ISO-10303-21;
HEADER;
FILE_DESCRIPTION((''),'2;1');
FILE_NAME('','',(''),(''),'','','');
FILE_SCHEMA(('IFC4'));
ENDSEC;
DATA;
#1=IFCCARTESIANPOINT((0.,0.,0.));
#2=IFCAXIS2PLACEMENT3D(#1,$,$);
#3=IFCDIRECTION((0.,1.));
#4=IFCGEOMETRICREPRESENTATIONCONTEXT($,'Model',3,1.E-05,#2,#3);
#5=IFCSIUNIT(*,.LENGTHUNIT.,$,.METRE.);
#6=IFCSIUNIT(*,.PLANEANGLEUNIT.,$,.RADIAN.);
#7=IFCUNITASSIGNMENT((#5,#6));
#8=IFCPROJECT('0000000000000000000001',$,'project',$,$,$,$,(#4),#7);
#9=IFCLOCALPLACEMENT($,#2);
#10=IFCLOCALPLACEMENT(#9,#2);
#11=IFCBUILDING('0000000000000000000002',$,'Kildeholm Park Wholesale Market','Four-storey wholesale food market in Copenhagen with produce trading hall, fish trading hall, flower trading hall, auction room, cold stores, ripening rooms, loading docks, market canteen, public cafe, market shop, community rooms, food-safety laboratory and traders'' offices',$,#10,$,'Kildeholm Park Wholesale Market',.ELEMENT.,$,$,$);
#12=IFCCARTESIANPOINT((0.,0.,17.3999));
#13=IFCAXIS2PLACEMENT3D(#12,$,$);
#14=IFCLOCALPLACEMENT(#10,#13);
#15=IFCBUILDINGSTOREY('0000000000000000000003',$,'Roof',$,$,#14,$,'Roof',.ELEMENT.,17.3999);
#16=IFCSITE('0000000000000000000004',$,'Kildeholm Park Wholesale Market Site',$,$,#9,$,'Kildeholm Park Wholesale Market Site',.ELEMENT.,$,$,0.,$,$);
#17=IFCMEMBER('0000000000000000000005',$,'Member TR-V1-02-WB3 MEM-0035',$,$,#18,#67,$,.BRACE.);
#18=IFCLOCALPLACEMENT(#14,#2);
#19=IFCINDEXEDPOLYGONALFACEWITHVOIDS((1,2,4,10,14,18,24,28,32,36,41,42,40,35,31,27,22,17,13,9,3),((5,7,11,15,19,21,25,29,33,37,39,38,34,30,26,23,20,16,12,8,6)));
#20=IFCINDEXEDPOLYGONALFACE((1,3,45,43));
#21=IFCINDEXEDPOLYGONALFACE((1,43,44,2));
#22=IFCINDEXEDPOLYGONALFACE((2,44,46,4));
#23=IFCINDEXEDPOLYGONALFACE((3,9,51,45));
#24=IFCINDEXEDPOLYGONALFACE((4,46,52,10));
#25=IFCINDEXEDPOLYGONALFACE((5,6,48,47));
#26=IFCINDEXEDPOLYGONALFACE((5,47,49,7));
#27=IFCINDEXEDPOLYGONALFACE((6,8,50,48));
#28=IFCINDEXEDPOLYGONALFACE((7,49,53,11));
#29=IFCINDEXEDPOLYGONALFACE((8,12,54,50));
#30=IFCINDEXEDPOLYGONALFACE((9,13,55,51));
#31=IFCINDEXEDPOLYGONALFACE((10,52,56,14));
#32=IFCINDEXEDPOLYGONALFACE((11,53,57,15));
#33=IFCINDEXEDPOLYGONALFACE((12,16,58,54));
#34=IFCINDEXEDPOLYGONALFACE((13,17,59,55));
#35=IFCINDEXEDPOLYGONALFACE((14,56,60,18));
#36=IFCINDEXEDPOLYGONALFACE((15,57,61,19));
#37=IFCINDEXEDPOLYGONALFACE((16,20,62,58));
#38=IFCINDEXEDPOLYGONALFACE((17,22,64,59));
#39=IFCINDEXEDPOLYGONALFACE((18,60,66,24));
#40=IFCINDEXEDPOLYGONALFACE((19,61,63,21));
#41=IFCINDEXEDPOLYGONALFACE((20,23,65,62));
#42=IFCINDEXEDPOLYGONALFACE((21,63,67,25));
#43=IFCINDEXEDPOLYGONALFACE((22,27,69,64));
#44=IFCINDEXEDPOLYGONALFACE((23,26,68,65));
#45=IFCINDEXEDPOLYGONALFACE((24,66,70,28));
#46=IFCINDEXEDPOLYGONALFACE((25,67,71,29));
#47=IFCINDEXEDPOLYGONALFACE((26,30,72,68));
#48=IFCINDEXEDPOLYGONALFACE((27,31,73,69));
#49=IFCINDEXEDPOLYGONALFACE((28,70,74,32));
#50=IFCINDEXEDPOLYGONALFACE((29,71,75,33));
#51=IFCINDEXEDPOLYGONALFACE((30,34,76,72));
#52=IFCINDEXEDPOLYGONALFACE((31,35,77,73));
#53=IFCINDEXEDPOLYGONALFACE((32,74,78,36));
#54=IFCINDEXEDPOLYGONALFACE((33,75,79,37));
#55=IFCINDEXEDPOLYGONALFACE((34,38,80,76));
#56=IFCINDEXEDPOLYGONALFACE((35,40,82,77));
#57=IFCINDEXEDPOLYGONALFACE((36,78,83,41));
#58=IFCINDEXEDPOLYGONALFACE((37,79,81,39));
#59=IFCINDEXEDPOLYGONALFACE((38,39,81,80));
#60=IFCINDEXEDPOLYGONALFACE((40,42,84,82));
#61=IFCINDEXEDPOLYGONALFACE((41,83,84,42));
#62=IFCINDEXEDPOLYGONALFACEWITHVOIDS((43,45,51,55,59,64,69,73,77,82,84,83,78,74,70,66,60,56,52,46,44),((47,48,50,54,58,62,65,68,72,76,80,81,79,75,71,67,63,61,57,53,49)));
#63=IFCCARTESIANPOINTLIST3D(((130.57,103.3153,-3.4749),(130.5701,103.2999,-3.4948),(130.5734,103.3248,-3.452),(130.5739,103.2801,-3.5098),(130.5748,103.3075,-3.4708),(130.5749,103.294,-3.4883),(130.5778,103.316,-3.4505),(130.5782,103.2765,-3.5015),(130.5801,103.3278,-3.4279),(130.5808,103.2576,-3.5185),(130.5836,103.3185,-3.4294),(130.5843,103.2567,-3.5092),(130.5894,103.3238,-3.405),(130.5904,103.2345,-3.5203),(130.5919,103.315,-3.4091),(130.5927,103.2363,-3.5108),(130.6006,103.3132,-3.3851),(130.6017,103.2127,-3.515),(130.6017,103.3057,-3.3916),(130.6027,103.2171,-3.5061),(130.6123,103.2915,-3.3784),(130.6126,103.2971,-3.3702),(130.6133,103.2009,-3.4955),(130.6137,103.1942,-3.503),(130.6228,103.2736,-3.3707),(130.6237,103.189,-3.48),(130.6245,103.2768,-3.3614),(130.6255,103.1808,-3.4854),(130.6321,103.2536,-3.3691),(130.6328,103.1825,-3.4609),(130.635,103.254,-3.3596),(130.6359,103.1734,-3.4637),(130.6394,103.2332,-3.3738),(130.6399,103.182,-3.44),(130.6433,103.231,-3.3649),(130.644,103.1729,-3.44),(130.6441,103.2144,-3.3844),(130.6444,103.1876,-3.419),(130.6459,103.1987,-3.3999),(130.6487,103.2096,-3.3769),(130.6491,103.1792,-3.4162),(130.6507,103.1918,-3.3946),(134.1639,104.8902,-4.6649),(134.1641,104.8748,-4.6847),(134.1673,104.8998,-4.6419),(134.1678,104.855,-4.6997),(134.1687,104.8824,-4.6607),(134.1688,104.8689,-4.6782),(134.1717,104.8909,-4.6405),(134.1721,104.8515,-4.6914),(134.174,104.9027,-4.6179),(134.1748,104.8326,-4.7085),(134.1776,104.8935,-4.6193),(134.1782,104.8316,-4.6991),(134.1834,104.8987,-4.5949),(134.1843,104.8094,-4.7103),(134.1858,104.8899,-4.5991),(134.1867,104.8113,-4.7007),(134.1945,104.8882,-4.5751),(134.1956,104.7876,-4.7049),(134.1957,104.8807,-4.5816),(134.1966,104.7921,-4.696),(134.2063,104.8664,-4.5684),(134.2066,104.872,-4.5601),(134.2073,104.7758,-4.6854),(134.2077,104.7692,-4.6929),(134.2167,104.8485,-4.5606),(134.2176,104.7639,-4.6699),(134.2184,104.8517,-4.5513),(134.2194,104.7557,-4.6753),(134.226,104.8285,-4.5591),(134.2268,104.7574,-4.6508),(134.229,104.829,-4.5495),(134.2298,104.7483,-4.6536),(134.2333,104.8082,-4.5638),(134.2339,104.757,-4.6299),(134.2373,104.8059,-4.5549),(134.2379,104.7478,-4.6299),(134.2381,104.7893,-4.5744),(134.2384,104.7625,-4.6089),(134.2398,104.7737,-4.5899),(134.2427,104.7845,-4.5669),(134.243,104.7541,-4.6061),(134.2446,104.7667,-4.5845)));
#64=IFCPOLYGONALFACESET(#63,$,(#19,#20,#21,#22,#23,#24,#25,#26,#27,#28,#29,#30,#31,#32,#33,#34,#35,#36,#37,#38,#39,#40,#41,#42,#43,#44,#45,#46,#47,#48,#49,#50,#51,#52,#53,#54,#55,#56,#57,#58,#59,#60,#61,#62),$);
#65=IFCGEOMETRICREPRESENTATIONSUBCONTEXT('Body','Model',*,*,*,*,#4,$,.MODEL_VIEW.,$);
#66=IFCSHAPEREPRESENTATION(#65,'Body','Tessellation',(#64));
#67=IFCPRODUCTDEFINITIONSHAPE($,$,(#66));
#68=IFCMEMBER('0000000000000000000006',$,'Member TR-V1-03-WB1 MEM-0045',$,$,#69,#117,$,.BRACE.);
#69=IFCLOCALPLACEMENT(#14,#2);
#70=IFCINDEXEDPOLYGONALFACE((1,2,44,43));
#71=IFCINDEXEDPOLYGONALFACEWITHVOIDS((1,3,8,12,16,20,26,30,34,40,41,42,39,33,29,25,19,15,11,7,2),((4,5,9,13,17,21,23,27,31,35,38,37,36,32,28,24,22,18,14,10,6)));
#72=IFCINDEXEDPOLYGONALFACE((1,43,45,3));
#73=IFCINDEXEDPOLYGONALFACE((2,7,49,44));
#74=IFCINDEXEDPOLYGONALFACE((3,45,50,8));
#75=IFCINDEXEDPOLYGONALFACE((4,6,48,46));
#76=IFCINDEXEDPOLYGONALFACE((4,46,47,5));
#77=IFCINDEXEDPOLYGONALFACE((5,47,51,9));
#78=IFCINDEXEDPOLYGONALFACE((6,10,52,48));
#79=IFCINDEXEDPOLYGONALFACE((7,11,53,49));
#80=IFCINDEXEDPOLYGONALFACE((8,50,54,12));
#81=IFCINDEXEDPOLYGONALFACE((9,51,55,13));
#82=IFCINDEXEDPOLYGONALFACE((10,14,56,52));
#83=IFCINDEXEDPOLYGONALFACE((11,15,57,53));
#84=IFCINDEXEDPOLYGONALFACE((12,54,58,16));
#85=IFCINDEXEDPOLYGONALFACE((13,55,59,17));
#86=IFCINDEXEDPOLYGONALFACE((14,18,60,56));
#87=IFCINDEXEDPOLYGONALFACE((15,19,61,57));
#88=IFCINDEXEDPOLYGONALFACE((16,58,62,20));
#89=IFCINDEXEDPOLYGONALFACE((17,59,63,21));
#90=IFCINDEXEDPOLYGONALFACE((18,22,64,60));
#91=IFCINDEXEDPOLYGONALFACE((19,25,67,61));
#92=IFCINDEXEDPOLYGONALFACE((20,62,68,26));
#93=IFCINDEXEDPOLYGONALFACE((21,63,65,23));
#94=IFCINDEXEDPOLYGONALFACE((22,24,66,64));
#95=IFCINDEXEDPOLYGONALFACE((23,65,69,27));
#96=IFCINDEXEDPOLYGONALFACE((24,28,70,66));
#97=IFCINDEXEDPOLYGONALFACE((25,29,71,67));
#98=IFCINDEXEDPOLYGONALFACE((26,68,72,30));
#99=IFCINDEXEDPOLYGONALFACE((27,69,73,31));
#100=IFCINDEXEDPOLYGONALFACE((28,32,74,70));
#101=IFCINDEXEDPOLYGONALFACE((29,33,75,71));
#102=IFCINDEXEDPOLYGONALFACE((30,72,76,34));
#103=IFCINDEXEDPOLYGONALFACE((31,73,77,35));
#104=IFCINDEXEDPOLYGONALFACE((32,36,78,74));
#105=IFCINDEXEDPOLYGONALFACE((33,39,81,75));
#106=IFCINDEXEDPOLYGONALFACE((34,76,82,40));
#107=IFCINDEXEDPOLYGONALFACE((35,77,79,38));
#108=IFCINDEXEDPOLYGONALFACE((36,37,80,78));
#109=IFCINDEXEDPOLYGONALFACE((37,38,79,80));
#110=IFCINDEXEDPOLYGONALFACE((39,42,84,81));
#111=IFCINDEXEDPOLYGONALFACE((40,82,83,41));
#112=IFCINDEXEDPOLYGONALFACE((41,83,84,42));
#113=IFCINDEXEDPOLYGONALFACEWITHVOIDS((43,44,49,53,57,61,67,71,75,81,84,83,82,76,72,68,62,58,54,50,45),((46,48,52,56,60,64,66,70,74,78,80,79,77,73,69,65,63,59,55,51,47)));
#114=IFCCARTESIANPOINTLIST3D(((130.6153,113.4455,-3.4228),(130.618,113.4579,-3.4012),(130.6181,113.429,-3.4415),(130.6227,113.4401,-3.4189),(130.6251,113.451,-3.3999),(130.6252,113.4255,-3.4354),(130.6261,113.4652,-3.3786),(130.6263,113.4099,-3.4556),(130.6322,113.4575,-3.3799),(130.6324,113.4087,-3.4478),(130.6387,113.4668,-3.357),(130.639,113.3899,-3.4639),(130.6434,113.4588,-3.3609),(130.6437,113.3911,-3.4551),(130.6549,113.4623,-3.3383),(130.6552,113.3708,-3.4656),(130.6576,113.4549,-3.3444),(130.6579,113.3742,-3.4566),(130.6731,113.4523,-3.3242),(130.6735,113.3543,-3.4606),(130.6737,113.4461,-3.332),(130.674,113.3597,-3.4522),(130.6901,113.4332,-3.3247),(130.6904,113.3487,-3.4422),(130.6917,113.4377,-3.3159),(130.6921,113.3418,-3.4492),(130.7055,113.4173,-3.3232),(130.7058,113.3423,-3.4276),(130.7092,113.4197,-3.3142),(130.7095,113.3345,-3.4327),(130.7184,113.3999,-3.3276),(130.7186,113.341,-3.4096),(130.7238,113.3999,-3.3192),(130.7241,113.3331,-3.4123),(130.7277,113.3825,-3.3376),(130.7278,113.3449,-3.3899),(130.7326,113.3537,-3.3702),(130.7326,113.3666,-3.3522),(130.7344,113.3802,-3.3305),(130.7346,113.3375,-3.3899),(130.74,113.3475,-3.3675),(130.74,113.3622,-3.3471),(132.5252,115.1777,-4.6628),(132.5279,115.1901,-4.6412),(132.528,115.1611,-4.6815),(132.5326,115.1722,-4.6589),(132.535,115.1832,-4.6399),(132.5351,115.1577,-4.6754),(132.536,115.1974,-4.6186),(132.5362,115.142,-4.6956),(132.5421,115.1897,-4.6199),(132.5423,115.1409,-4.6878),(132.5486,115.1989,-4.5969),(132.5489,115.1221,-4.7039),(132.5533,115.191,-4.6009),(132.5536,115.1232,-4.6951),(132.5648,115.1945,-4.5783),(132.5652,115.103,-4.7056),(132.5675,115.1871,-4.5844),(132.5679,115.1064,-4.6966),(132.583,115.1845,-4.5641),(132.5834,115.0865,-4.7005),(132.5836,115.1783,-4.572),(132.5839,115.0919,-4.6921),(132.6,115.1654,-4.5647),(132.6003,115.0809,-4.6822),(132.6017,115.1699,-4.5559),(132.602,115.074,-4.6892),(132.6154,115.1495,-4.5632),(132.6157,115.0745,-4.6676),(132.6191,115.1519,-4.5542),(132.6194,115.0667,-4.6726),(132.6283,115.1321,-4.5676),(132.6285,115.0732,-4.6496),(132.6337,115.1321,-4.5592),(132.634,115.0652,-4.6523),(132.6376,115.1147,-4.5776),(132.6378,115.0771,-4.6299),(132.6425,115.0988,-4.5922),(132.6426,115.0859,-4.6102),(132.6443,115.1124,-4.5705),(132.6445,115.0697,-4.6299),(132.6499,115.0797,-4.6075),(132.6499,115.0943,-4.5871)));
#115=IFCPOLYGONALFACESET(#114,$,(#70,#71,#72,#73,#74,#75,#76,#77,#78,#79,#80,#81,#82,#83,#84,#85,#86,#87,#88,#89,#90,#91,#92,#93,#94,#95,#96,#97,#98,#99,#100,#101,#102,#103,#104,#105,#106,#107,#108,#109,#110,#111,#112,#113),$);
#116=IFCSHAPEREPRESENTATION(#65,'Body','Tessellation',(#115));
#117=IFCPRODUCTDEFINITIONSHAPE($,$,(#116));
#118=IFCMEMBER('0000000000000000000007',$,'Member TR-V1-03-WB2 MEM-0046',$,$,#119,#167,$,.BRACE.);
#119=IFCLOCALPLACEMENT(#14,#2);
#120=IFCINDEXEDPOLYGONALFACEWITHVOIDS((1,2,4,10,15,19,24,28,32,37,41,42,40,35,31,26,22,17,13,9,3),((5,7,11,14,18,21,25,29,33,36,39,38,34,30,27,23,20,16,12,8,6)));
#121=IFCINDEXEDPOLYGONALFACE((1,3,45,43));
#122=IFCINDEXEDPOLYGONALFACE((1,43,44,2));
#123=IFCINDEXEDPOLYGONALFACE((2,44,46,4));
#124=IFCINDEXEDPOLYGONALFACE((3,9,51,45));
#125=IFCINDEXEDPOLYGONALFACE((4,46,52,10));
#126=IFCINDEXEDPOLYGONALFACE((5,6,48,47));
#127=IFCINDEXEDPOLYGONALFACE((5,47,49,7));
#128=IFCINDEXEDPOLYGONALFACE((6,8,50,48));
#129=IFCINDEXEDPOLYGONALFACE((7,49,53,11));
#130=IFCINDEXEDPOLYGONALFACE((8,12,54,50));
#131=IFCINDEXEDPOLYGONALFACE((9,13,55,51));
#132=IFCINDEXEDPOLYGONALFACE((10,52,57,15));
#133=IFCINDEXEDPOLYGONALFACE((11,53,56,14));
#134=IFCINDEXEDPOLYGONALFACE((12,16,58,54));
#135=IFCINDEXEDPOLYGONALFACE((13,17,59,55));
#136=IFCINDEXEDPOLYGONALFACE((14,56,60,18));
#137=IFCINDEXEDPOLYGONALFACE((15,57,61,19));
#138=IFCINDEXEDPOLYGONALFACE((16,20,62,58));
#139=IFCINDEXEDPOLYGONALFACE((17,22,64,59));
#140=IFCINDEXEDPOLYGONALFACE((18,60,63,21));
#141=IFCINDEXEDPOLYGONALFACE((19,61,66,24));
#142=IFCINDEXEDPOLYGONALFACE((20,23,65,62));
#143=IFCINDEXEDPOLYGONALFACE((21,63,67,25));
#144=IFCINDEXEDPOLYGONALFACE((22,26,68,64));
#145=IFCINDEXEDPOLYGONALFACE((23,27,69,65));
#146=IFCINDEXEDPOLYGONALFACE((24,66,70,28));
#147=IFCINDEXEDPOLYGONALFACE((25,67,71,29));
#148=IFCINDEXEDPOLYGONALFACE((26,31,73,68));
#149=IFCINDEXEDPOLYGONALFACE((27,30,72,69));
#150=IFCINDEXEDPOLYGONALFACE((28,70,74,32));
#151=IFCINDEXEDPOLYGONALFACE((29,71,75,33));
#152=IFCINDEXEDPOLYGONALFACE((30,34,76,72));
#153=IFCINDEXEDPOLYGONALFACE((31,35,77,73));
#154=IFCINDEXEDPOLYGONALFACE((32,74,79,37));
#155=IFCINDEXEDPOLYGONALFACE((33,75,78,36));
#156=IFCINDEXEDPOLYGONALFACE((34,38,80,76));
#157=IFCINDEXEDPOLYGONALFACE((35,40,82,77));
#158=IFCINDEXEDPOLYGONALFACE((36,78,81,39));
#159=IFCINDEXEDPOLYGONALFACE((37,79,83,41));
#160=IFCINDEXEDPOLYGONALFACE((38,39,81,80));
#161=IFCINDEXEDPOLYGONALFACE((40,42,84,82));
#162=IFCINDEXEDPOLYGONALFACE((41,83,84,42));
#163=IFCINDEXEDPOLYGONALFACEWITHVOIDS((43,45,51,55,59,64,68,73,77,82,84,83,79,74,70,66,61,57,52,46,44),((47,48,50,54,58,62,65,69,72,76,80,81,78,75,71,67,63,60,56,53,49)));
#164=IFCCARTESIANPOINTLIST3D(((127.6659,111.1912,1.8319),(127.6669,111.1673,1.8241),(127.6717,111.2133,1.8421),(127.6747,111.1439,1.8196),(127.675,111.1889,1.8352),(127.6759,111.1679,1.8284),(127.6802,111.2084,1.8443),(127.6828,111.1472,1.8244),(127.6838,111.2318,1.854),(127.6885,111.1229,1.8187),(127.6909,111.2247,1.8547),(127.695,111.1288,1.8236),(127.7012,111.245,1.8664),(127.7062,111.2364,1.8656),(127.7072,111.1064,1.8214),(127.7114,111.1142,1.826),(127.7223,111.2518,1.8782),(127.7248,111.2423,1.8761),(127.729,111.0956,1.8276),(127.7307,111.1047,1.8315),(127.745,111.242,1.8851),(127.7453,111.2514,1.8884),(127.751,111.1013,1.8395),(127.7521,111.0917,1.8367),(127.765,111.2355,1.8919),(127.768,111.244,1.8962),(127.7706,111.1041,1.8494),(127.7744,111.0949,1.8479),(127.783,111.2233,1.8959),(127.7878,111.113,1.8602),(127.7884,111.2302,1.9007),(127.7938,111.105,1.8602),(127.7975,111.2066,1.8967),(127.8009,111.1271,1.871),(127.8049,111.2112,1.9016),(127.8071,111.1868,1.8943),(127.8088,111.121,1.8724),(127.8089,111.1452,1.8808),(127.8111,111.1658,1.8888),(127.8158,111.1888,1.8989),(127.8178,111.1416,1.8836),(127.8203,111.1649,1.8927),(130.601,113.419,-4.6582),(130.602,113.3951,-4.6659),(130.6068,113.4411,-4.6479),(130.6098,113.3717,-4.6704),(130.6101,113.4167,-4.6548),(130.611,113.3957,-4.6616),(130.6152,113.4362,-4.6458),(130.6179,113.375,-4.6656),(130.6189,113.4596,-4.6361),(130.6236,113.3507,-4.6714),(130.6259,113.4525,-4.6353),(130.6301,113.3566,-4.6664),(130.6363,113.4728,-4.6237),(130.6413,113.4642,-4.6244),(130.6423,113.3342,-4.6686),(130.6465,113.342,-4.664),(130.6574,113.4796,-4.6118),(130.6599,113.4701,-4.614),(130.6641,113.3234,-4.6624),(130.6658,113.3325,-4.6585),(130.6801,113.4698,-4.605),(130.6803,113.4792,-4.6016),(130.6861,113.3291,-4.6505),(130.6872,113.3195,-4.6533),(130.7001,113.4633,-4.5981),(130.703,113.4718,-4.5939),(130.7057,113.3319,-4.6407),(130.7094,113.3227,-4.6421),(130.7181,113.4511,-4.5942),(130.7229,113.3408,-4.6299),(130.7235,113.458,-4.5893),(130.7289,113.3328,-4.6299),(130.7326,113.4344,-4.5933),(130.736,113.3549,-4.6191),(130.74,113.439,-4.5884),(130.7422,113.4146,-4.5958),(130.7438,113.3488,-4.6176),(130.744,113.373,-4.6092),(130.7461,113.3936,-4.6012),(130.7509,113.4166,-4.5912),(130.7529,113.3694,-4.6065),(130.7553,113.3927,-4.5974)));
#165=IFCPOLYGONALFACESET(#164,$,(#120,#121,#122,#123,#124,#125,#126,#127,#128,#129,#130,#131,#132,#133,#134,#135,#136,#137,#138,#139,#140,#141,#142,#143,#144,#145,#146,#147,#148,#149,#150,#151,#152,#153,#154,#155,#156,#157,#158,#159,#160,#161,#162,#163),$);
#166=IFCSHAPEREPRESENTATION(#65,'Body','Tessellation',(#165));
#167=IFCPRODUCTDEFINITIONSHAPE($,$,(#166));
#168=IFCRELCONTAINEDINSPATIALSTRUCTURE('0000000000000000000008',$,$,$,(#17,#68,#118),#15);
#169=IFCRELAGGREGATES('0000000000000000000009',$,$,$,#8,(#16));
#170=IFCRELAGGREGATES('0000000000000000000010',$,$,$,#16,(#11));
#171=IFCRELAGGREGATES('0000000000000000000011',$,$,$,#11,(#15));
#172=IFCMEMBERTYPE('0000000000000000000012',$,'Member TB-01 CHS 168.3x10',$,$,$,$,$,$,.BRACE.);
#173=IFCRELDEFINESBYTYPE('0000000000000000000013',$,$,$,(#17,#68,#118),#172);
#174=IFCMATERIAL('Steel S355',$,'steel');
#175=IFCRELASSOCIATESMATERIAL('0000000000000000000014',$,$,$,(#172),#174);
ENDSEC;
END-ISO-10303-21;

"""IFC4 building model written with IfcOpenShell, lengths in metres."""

from ifc_helpers import new_model, si_unit, direction, frame, origin, origin_2d, place, context, subcontext, project, spatial, hollow_circle, extrude, material, material_profile, profile_set, type_object, element, save


model = new_model("IFC4")

# Units and contexts
model_context = context("Model", 3, precision=1e-05, world=origin(), true_north=direction((0.0, 1.0)))
body_context = subcontext(model_context, "Body", "Model", "MODEL_VIEW")
ifc_project = project(units=[si_unit("LENGTHUNIT", "METRE"), si_unit("PLANEANGLEUNIT", "RADIAN")], contexts=[model_context])

# Site, building, storey
site_placement = place(None, origin())
site = spatial("IfcSite", under=ifc_project, at=site_placement, Name="Kildeholm Park Wholesale Market Site", LongName="Kildeholm Park Wholesale Market Site", CompositionType="ELEMENT", RefElevation=0.0)
building_placement = place(site_placement, origin())
building = spatial("IfcBuilding", under=site, at=building_placement, Name="Kildeholm Park Wholesale Market", Description="Four-storey wholesale food market in Copenhagen with produce trading hall, fish trading hall, flower trading hall, auction room, cold stores, ripening rooms, loading docks, market canteen, public cafe, market shop, community rooms, food-safety laboratory and traders' offices", LongName="Kildeholm Park Wholesale Market", CompositionType="ELEMENT")
storey_placement = place(building_placement, frame((0.0, 0.0, 17.3999)))
storey = spatial("IfcBuildingStorey", under=building, at=storey_placement, Name="Roof", LongName="Roof", CompositionType="ELEMENT", Elevation=17.3999)

# Shared definitions
ifc_material_1 = material(Name="Steel S355", Category="steel")

# Members
ifc_material_profile_1 = material_profile(ifc_material_1, hollow_circle(Radius=0.0842, WallThickness=0.01, at=origin_2d()), Name="CHS 168.3x10")
ifc_profile_set_1 = profile_set([ifc_material_profile_1], Name="Steel S355")
member_type_1 = type_object("IfcMemberType", Name="Member TB-01 CHS 168.3x10", PredefinedType="BRACE", material=ifc_profile_set_1)
member_1_placement = place(storey_placement, frame((134.2041, 104.825, -4.6299), z_axis=(-0.8765, -0.384098, 0.290202), x_axis=(0.40137, -0.915916, 0.0)))
element("IfcMember", 1, at=member_1_placement, inside=storey, type_object=member_type_1, Name="Member TR-V1-02-WB3 MEM-0035", PredefinedType="BRACE", context=body_context, shape_type="SweptSolid", body=[
    extrude(hollow_circle(Radius=0.0842, WallThickness=0.01, at=origin_2d()), origin(), (0.0, 0.0, 1.0), 4.1003),
])
member_2_placement = place(storey_placement, frame((132.5879, 115.1321, -4.6299), z_axis=(-0.667549, -0.605428, 0.433399), x_axis=(0.6718, -0.740732, 0.0)))
element("IfcMember", 2, at=member_2_placement, inside=storey, type_object=member_type_1, Name="Member TR-V1-03-WB1 MEM-0045", PredefinedType="BRACE", context=body_context, shape_type="SweptSolid", body=[
    extrude(hollow_circle(Radius=0.0842, WallThickness=0.01, at=origin_2d()), origin(), (0.0, 0.0, 1.0), 2.8611),
])
member_3_placement = place(storey_placement, frame((130.678, 113.3999, -4.6299), z_axis=(-0.393277, -0.298507, 0.869613), x_axis=(0.604591, -0.796536, 0.0)))
element("IfcMember", 3, at=member_3_placement, inside=storey, type_object=member_type_1, Name="Member TR-V1-03-WB2 MEM-0046", PredefinedType="BRACE", context=body_context, shape_type="SweptSolid", body=[
    extrude(hollow_circle(Radius=0.0842, WallThickness=0.01, at=origin_2d()), origin(), (0.0, 0.0, 1.0), 7.4631),
])

save(model, "model.ifc")
